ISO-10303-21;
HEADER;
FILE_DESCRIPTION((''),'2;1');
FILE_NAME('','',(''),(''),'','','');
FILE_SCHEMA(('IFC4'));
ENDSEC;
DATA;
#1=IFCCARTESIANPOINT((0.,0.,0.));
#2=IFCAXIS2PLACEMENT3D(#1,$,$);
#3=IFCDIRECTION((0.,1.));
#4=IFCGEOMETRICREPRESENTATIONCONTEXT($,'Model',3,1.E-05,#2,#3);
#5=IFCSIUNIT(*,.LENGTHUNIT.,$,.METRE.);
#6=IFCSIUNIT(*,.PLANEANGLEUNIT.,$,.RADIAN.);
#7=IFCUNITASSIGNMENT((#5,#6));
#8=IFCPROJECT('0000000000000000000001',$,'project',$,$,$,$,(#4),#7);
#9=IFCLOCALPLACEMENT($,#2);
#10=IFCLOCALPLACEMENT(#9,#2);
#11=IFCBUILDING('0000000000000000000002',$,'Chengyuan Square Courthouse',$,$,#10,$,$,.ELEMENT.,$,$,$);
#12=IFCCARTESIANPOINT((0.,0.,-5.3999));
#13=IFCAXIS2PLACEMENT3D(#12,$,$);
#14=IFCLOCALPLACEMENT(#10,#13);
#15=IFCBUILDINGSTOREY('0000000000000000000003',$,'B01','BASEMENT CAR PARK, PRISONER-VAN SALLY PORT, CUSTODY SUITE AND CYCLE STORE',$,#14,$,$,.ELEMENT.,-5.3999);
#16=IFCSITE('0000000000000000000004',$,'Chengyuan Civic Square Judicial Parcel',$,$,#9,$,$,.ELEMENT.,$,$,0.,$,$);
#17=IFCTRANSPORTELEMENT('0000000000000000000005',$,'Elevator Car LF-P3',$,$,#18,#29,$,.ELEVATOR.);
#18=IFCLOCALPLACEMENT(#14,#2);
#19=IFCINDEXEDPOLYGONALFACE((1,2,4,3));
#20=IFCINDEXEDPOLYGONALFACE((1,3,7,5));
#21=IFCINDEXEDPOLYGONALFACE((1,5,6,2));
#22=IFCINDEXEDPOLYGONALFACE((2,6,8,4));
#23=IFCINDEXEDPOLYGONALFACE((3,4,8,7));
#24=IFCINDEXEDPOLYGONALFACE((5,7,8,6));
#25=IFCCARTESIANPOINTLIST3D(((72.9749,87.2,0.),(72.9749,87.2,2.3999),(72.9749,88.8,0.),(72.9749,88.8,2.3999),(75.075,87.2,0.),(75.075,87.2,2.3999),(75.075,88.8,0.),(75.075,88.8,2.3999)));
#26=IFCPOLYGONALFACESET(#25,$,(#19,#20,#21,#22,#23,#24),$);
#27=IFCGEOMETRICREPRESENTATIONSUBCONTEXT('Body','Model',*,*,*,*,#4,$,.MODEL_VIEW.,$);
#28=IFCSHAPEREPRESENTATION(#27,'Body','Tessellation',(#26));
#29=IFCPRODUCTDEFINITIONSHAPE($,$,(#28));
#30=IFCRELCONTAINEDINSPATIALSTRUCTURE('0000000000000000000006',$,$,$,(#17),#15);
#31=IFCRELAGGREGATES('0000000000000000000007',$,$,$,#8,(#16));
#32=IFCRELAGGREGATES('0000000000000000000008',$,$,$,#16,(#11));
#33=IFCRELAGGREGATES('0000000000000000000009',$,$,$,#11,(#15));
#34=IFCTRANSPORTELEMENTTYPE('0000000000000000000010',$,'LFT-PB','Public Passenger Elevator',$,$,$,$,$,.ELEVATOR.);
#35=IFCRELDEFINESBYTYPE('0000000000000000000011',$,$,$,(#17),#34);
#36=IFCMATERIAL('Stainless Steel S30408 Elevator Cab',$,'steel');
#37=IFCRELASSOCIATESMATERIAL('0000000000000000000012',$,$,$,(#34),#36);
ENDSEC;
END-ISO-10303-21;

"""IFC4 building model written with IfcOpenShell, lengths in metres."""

from ifc_helpers import new_model, si_unit, direction, frame, origin, origin_2d, place, context, subcontext, project, spatial, rectangle, extrude, material, type_object, element, save


model = new_model("IFC4")

# Units and contexts
model_context = context("Model", 3, precision=1e-05, world=origin(), true_north=direction((0.0, 1.0)))
body_context = subcontext(model_context, "Body", "Model", "MODEL_VIEW")
ifc_project = project(units=[si_unit("LENGTHUNIT", "METRE"), si_unit("PLANEANGLEUNIT", "RADIAN")], contexts=[model_context])

# Site, building, storey
site_placement = place(None, origin())
site = spatial("IfcSite", under=ifc_project, at=site_placement, Name="Chengyuan Civic Square Judicial Parcel", CompositionType="ELEMENT", RefElevation=0.0)
building_placement = place(site_placement, origin())
building = spatial("IfcBuilding", under=site, at=building_placement, Name="Chengyuan Square Courthouse", CompositionType="ELEMENT")
storey_placement = place(building_placement, frame((0.0, 0.0, -5.3999)))
storey = spatial("IfcBuildingStorey", under=building, at=storey_placement, Name="B01", Description="BASEMENT CAR PARK, PRISONER-VAN SALLY PORT, CUSTODY SUITE AND CYCLE STORE", CompositionType="ELEMENT", Elevation=-5.3999)

# Transport element
ifc_material_1 = material(Name="Stainless Steel S30408 Elevator Cab", Category="steel")
transport_element_type = type_object("IfcTransportElementType", Name="LFT-PB", Description="Public Passenger Elevator", PredefinedType="ELEVATOR", material=ifc_material_1)
transport_element_placement = place(storey_placement, frame((74.0249, 88.0, 0.0), z_axis=(0.0, 0.0, 1.0), x_axis=(1.0, 0.0, 0.0)))
element("IfcTransportElement", 1, at=transport_element_placement, inside=storey, type_object=transport_element_type, Name="Elevator Car LF-P3", PredefinedType="ELEVATOR", context=body_context, shape_type="SweptSolid", body=[
    extrude(rectangle(XDim=2.1001, YDim=1.6001, at=origin_2d()), origin(), (0.0, 0.0, 1.0), 2.3999),
])

save(model, "model.ifc")
